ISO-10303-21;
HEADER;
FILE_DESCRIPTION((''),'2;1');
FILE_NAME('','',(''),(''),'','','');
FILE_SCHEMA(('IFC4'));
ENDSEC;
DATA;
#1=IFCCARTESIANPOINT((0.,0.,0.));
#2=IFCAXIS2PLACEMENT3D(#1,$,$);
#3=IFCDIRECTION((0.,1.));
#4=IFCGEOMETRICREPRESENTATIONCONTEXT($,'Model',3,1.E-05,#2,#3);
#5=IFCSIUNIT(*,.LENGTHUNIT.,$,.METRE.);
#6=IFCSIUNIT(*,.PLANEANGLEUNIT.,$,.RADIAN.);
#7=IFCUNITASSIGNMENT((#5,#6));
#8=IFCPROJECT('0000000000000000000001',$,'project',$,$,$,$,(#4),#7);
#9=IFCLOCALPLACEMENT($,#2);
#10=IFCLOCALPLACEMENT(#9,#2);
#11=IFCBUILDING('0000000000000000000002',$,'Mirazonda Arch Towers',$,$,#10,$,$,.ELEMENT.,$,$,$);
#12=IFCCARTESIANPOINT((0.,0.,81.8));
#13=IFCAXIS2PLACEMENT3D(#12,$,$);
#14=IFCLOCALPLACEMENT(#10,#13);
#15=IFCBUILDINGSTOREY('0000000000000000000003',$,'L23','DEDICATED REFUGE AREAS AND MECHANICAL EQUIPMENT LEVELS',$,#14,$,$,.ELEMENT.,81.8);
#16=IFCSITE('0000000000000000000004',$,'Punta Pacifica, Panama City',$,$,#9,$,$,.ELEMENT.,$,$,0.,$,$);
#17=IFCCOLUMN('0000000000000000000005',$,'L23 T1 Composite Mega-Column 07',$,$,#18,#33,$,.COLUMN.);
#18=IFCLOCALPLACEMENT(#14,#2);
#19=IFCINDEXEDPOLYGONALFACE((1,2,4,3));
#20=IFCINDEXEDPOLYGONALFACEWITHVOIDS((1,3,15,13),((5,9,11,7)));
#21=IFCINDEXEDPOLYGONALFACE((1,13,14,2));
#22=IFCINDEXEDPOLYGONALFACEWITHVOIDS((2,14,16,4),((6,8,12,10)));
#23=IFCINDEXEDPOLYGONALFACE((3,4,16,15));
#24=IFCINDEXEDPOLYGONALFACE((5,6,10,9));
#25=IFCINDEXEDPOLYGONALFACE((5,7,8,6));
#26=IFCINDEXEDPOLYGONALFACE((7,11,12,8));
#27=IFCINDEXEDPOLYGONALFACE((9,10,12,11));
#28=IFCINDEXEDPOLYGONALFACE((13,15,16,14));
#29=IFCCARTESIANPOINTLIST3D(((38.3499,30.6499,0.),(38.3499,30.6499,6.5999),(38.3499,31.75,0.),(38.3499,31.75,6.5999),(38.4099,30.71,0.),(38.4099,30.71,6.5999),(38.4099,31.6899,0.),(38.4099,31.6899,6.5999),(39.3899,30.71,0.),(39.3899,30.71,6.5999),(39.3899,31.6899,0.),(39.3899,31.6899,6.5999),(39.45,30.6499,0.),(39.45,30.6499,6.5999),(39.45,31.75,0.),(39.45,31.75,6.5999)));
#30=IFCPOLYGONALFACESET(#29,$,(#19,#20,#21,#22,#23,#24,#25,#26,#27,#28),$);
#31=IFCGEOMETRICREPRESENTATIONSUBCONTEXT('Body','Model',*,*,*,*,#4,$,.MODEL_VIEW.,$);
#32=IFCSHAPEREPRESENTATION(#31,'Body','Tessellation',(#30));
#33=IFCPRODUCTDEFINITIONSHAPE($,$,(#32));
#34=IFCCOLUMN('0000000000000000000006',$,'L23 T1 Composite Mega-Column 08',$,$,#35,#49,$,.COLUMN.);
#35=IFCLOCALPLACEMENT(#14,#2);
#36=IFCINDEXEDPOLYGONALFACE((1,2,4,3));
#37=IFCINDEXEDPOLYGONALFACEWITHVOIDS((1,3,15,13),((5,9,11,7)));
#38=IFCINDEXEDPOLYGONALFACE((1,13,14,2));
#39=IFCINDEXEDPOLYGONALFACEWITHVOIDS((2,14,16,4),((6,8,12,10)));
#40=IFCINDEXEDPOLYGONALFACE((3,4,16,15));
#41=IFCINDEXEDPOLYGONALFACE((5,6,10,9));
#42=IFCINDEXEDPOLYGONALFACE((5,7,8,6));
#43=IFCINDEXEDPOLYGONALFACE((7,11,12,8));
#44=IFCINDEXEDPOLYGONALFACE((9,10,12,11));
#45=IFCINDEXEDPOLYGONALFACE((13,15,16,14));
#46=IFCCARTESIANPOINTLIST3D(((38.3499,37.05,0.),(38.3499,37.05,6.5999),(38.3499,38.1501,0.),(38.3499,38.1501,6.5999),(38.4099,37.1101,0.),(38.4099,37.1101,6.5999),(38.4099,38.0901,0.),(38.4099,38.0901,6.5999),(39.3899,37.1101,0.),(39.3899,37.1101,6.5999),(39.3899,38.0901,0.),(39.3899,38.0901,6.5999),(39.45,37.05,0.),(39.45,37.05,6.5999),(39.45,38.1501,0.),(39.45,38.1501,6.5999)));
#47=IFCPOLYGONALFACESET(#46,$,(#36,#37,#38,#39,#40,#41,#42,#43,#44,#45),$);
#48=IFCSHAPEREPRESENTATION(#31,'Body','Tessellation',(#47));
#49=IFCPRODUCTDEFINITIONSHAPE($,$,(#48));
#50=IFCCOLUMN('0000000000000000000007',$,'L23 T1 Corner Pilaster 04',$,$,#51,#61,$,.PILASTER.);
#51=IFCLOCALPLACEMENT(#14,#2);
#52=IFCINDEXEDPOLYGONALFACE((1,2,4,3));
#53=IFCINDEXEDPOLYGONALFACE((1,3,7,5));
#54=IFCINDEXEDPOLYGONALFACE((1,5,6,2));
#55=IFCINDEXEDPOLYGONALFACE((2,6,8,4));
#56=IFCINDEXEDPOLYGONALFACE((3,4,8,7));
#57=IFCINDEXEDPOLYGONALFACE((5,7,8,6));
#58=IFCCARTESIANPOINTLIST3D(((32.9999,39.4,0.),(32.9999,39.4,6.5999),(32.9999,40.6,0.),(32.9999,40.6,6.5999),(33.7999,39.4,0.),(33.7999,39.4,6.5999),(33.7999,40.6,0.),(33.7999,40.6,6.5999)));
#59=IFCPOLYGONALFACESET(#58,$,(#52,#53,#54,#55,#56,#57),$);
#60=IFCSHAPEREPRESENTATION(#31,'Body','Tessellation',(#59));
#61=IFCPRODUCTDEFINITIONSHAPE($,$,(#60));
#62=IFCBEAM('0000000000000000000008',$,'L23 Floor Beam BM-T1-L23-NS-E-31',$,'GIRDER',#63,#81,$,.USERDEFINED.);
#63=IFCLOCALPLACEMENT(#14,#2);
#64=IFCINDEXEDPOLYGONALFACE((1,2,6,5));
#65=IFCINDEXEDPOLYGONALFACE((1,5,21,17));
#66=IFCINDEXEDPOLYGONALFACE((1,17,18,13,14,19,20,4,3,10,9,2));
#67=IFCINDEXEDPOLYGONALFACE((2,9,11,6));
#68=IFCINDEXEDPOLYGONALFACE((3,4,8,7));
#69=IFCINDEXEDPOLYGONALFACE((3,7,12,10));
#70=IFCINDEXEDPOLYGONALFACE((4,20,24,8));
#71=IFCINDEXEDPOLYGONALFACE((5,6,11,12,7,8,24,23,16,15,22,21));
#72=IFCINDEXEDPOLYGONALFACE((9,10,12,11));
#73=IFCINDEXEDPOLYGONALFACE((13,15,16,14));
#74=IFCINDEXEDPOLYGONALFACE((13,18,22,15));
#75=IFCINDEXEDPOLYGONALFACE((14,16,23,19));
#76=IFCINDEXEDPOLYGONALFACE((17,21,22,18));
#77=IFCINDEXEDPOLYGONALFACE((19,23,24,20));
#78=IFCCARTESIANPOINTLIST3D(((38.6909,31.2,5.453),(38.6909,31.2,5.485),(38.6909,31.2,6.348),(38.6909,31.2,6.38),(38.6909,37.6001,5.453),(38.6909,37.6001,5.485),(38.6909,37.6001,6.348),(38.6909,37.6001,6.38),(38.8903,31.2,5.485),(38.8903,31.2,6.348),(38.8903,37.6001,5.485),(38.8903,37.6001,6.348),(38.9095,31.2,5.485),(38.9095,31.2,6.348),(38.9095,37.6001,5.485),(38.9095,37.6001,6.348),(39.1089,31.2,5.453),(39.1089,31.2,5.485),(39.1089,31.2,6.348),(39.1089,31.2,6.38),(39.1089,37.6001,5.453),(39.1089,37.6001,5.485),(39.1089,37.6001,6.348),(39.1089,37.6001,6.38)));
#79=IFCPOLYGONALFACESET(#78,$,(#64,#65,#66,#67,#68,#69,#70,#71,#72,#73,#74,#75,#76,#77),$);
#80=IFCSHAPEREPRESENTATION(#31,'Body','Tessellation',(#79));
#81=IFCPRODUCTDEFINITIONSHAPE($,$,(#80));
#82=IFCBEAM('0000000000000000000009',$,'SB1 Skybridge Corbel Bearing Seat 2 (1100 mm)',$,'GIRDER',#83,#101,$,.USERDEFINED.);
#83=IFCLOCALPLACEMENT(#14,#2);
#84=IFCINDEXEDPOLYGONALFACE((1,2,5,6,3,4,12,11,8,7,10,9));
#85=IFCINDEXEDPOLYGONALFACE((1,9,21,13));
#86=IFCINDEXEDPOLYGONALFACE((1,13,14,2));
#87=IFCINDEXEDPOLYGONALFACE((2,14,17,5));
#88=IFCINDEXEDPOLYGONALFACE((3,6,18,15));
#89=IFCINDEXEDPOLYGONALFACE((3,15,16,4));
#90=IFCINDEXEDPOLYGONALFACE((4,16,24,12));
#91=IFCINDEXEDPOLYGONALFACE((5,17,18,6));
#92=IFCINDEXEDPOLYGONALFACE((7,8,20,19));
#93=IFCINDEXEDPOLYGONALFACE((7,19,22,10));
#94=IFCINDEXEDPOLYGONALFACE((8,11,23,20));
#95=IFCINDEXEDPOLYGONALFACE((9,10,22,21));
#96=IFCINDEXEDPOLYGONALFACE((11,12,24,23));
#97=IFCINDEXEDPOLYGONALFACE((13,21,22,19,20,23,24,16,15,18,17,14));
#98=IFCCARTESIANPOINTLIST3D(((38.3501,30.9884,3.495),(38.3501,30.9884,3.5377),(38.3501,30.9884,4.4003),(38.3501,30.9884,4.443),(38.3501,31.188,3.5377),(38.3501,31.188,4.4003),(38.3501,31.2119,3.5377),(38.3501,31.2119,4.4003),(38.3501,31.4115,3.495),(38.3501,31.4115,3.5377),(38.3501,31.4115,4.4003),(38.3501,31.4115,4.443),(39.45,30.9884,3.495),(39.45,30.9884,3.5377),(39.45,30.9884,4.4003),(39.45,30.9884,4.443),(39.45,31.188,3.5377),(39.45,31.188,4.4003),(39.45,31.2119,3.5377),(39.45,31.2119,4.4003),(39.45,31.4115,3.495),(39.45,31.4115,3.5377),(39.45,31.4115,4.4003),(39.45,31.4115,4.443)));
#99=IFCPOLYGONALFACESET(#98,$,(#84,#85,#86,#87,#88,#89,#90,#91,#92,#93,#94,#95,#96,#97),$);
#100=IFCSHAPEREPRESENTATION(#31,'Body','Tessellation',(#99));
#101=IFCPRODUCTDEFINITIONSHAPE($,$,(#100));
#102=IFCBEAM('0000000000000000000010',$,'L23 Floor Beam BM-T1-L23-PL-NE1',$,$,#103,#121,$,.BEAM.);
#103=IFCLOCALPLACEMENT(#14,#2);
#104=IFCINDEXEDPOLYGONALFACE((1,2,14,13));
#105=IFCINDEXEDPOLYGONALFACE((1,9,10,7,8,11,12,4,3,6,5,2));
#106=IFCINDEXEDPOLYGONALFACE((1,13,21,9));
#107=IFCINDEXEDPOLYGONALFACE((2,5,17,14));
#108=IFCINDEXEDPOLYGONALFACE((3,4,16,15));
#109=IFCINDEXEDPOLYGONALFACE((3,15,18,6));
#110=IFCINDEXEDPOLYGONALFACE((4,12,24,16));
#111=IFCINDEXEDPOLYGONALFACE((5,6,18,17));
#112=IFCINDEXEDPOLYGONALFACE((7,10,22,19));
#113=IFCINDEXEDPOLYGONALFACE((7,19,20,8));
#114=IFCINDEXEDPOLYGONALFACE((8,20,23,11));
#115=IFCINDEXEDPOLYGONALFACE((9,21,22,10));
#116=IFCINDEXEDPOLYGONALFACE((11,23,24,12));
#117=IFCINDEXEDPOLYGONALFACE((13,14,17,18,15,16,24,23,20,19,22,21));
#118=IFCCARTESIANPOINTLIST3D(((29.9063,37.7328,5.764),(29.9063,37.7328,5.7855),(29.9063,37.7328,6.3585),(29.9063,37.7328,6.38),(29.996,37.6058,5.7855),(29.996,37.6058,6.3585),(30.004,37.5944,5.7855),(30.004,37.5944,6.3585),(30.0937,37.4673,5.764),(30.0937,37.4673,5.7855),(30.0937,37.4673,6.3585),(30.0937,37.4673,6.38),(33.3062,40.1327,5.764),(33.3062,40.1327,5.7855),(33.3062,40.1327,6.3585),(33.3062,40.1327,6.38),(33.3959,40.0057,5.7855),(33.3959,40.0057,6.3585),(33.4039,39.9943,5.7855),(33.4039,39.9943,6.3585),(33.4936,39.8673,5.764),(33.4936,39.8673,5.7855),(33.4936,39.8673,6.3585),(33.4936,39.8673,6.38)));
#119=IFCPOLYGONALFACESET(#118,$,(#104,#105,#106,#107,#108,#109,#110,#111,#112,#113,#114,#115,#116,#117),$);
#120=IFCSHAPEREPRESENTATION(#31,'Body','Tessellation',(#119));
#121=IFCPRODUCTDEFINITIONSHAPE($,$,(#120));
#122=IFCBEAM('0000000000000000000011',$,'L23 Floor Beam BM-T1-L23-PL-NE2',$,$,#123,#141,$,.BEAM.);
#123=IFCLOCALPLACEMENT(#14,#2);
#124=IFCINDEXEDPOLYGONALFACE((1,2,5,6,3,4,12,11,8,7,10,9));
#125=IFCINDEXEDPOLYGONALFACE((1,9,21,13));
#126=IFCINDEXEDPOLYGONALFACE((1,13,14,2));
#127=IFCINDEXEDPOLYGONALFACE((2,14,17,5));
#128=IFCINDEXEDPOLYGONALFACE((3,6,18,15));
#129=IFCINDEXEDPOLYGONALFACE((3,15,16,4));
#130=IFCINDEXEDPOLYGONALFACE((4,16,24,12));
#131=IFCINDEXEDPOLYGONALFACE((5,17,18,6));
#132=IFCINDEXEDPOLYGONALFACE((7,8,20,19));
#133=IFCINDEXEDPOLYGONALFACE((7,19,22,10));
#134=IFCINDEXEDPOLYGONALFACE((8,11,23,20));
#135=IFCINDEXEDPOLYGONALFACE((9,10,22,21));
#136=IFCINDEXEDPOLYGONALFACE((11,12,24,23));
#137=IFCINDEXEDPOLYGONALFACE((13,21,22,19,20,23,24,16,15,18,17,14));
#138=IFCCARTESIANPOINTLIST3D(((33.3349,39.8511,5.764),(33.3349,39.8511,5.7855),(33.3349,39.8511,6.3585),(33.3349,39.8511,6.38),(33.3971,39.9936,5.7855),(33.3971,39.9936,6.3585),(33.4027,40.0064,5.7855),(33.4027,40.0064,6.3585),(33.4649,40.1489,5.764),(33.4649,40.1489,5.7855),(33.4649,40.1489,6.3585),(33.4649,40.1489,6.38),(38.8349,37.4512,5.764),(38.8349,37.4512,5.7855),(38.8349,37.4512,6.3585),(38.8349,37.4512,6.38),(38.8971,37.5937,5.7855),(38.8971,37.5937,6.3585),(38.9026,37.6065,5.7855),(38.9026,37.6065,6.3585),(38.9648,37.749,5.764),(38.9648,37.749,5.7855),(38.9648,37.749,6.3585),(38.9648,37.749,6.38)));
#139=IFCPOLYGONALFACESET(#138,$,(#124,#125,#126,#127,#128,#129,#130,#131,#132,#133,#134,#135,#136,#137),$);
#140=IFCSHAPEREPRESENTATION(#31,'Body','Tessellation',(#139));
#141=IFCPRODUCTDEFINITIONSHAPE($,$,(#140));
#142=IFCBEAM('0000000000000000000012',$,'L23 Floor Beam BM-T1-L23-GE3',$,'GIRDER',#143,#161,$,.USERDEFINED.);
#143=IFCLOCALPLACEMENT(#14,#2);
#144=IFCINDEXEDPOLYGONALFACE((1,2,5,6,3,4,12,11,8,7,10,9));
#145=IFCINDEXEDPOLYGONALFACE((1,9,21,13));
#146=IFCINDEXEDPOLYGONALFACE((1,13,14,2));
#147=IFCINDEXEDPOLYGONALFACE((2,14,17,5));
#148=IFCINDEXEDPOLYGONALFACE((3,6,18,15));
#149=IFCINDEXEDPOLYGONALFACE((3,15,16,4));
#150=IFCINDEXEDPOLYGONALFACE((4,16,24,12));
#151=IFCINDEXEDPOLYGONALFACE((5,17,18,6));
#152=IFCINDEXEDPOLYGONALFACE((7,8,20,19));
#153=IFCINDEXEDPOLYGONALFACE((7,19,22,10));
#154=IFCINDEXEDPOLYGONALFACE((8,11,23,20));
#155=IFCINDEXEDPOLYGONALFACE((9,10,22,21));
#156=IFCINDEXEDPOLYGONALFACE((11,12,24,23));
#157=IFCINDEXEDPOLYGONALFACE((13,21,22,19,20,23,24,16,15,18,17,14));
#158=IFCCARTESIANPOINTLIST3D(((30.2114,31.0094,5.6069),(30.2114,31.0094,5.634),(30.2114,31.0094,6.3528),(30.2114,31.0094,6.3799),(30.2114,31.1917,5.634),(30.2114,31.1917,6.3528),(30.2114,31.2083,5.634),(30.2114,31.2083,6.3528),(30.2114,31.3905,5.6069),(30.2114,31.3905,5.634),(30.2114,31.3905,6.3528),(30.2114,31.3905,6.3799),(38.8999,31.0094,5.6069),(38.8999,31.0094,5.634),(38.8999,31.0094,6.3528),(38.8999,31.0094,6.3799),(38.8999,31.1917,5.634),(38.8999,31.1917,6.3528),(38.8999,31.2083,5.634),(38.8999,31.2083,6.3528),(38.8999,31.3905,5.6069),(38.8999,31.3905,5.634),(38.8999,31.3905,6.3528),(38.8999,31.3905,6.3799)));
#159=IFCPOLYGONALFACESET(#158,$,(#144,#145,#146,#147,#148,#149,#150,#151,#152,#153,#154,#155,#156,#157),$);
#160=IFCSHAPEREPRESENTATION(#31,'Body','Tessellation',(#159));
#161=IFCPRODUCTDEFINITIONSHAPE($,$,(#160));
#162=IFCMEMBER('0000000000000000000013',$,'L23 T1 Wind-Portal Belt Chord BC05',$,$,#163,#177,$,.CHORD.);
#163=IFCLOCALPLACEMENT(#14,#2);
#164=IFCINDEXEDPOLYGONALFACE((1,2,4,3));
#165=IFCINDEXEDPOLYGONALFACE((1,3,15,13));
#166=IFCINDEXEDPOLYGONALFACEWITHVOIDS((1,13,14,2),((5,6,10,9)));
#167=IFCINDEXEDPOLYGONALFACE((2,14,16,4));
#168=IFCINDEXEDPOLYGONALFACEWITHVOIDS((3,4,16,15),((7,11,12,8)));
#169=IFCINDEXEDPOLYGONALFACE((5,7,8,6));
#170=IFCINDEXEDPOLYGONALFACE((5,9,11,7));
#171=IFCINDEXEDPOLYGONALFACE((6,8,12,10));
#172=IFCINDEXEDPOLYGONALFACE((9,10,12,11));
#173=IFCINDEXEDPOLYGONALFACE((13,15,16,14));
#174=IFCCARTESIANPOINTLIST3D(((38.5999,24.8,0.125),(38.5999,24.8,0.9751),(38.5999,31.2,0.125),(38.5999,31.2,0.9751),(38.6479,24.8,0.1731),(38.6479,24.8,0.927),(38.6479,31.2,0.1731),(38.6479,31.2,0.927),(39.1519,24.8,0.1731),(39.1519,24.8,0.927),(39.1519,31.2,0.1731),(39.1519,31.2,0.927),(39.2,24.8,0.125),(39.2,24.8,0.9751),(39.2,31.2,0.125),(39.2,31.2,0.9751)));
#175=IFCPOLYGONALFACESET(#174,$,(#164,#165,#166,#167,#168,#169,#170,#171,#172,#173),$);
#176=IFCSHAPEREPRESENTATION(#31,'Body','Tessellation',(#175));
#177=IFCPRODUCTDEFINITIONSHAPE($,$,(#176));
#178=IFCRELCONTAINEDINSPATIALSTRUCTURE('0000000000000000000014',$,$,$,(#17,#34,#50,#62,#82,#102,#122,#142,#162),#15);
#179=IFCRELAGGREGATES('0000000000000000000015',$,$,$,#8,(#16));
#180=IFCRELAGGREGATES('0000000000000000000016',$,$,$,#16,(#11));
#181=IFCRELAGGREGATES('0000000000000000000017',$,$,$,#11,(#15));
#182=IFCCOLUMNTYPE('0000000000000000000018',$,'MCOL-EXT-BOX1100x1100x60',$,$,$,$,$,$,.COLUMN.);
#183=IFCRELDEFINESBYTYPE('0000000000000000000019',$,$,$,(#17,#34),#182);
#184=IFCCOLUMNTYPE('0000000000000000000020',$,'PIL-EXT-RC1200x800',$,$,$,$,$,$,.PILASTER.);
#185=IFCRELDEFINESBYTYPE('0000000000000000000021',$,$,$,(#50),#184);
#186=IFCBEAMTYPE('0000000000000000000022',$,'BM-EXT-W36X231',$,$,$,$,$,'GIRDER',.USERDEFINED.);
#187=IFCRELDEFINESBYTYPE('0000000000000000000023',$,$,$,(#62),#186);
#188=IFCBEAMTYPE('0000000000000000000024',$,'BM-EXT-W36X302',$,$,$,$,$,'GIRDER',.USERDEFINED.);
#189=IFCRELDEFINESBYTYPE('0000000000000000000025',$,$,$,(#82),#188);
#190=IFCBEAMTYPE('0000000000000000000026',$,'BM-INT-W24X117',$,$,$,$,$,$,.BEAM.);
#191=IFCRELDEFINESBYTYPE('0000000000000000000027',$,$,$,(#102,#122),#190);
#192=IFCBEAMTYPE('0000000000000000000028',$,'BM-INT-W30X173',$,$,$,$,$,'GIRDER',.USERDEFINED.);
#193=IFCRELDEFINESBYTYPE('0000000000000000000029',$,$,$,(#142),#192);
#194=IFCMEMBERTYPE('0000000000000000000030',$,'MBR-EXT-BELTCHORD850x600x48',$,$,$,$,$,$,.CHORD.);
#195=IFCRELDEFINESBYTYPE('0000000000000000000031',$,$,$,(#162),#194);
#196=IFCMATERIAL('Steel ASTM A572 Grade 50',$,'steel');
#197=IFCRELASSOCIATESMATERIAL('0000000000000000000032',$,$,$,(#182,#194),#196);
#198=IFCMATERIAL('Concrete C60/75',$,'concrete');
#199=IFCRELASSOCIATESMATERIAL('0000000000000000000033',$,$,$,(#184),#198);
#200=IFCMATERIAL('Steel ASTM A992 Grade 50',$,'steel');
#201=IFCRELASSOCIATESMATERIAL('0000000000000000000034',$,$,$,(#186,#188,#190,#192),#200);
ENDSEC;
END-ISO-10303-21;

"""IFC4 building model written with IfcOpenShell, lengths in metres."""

from ifc_helpers import new_model, si_unit, direction, frame, origin, origin_2d, place, context, subcontext, project, spatial, rectangle, hollow_rectangle, i_section, extrude, material, material_profile, profile_set, type_object, element, save


model = new_model("IFC4")

# Units and contexts
model_context = context("Model", 3, precision=1e-05, world=origin(), true_north=direction((0.0, 1.0)))
body_context = subcontext(model_context, "Body", "Model", "MODEL_VIEW")
ifc_project = project(units=[si_unit("LENGTHUNIT", "METRE"), si_unit("PLANEANGLEUNIT", "RADIAN")], contexts=[model_context])

# Site, building, storey
site_placement = place(None, origin())
site = spatial("IfcSite", under=ifc_project, at=site_placement, Name="Punta Pacifica, Panama City", CompositionType="ELEMENT", RefElevation=0.0)
building_placement = place(site_placement, origin())
building = spatial("IfcBuilding", under=site, at=building_placement, Name="Mirazonda Arch Towers", CompositionType="ELEMENT")
storey_placement = place(building_placement, frame((0.0, 0.0, 81.8)))
storey = spatial("IfcBuildingStorey", under=building, at=storey_placement, Name="L23", Description="DEDICATED REFUGE AREAS AND MECHANICAL EQUIPMENT LEVELS", CompositionType="ELEMENT", Elevation=81.8)

# Columns
ifc_material_1 = material(Name="Steel ASTM A572 Grade 50", Category="steel")
ifc_material_profile_1 = material_profile(ifc_material_1, hollow_rectangle(XDim=1.1001, YDim=1.1001, WallThickness=0.0601, at=origin_2d()), Name="BOX1100x1100x60")
ifc_profile_set_1 = profile_set([ifc_material_profile_1], Name="Steel ASTM A572 Grade 50")
column_type_1 = type_object("IfcColumnType", Name="MCOL-EXT-BOX1100x1100x60", PredefinedType="COLUMN", material=ifc_profile_set_1)
for number, where, z_axis, x_axis, name in (
    (1, (38.8999, 31.2, 0.0), (0.0, 0.0, 1.0), (1.0, 0.0, 0.0), "L23 T1 Composite Mega-Column 07"),
    (2, (38.8999, 37.6001, 0.0), (0.0, 0.0, 1.0), (1.0, 0.0, 0.0), "L23 T1 Composite Mega-Column 08"),
):
    element("IfcColumn", number, at=place(storey_placement, frame(where, z_axis=z_axis, x_axis=x_axis)), inside=storey, type_object=column_type_1, Name=name, PredefinedType="COLUMN", context=body_context, shape_type="SweptSolid", body=[
        extrude(hollow_rectangle(XDim=1.1001, YDim=1.1001, WallThickness=0.0601, at=origin_2d()), origin(), (0.0, 0.0, 1.0), 6.5999),
    ])
ifc_material_2 = material(Name="Concrete C60/75", Category="concrete")
ifc_material_profile_2 = material_profile(ifc_material_2, rectangle(XDim=0.8, YDim=1.2, at=origin_2d()), Name="RC1200x800")
ifc_profile_set_2 = profile_set([ifc_material_profile_2], Name="Concrete C60/75")
column_type_2 = type_object("IfcColumnType", Name="PIL-EXT-RC1200x800", PredefinedType="PILASTER", material=ifc_profile_set_2)
column_placement = place(storey_placement, frame((33.3999, 40.0, 0.0), z_axis=(0.0, 0.0, 1.0), x_axis=(1.0, 0.0, 0.0)))
element("IfcColumn", 3, at=column_placement, inside=storey, type_object=column_type_2, Name="L23 T1 Corner Pilaster 04", PredefinedType="PILASTER", context=body_context, shape_type="SweptSolid", body=[
    extrude(rectangle(XDim=0.8, YDim=1.2, at=origin_2d()), origin(), (0.0, 0.0, 1.0), 6.5999),
])

# Beams
ifc_material_3 = material(Name="Steel ASTM A992 Grade 50", Category="steel")
ifc_material_profile_3 = material_profile(ifc_material_3, i_section(OverallWidth=0.418, OverallDepth=0.927, WebThickness=0.0193, FlangeThickness=0.032, at=origin_2d()), Name="W36X231")
ifc_profile_set_3 = profile_set([ifc_material_profile_3], Name="Steel ASTM A992 Grade 50")
beam_type_1 = type_object("IfcBeamType", Name="BM-EXT-W36X231", ElementType="GIRDER", PredefinedType="USERDEFINED", material=ifc_profile_set_3)
beam_1_placement = place(storey_placement, frame((38.8999, 31.2, 5.9165), z_axis=(0.0, 1.0, 0.0), x_axis=(-1.0, 0.0, 0.0)))
element("IfcBeam", 4, at=beam_1_placement, inside=storey, type_object=beam_type_1, Name="L23 Floor Beam BM-T1-L23-NS-E-31", ObjectType="GIRDER", PredefinedType="USERDEFINED", context=body_context, shape_type="SweptSolid", body=[
    extrude(i_section(OverallWidth=0.418, OverallDepth=0.927, WebThickness=0.0193, FlangeThickness=0.032, at=origin_2d()), origin(), (0.0, 0.0, 1.0), 6.4001),
])
ifc_material_profile_4 = material_profile(ifc_material_3, i_section(OverallWidth=0.4231, OverallDepth=0.948, WebThickness=0.0239, FlangeThickness=0.0427, at=origin_2d()), Name="W36X302")
ifc_profile_set_4 = profile_set([ifc_material_profile_4], Name="Steel ASTM A992 Grade 50")
beam_type_2 = type_object("IfcBeamType", Name="BM-EXT-W36X302", ElementType="GIRDER", PredefinedType="USERDEFINED", material=ifc_profile_set_4)
beam_2_placement = place(storey_placement, frame((38.3501, 31.2, 3.969), z_axis=(1.0, 0.0, 0.0), x_axis=(0.0, 1.0, 0.0)))
element("IfcBeam", 5, at=beam_2_placement, inside=storey, type_object=beam_type_2, Name="SB1 Skybridge Corbel Bearing Seat 2 (1100 mm)", ObjectType="GIRDER", PredefinedType="USERDEFINED", context=body_context, shape_type="SweptSolid", body=[
    extrude(i_section(OverallWidth=0.4231, OverallDepth=0.948, WebThickness=0.0239, FlangeThickness=0.0427, at=origin_2d()), origin(), (0.0, 0.0, 1.0), 1.0999),
])
ifc_material_profile_5 = material_profile(ifc_material_3, i_section(OverallWidth=0.325, OverallDepth=0.616, WebThickness=0.0139, FlangeThickness=0.0215, at=origin_2d()), Name="W24X117")
ifc_profile_set_5 = profile_set([ifc_material_profile_5], Name="Steel ASTM A992 Grade 50")
beam_type_3 = type_object("IfcBeamType", Name="BM-INT-W24X117", PredefinedType="BEAM", material=ifc_profile_set_5)
beam_3_placement = place(storey_placement, frame((33.3999, 40.0, 6.072), z_axis=(-0.816971, -0.576679, 0.0), x_axis=(0.576679, -0.816971, 0.0)))
element("IfcBeam", 6, at=beam_3_placement, inside=storey, type_object=beam_type_3, Name="L23 Floor Beam BM-T1-L23-PL-NE1", PredefinedType="BEAM", context=body_context, shape_type="SweptSolid", body=[
    extrude(i_section(OverallWidth=0.325, OverallDepth=0.616, WebThickness=0.0139, FlangeThickness=0.0215, at=origin_2d()), origin(), (0.0, 0.0, 1.0), 4.1616),
])
beam_4_placement = place(storey_placement, frame((33.3999, 40.0, 6.072), z_axis=(0.916545, -0.399931, 0.0), x_axis=(0.399931, 0.916545, 0.0)))
element("IfcBeam", 7, at=beam_4_placement, inside=storey, type_object=beam_type_3, Name="L23 Floor Beam BM-T1-L23-PL-NE2", PredefinedType="BEAM", context=body_context, shape_type="SweptSolid", body=[
    extrude(i_section(OverallWidth=0.325, OverallDepth=0.616, WebThickness=0.0139, FlangeThickness=0.0215, at=origin_2d()), origin(), (0.0, 0.0, 1.0), 6.0007),
])
ifc_material_profile_6 = material_profile(ifc_material_3, i_section(OverallWidth=0.3811, OverallDepth=0.7729, WebThickness=0.0166, FlangeThickness=0.0271, at=origin_2d()), Name="W30X173")
ifc_profile_set_6 = profile_set([ifc_material_profile_6], Name="Steel ASTM A992 Grade 50")
beam_type_4 = type_object("IfcBeamType", Name="BM-INT-W30X173", ElementType="GIRDER", PredefinedType="USERDEFINED", material=ifc_profile_set_6)
beam_5_placement = place(storey_placement, frame((30.2114, 31.2, 5.9934), z_axis=(1.0, 0.0, 0.0), x_axis=(0.0, 1.0, 0.0)))
element("IfcBeam", 8, at=beam_5_placement, inside=storey, type_object=beam_type_4, Name="L23 Floor Beam BM-T1-L23-GE3", ObjectType="GIRDER", PredefinedType="USERDEFINED", context=body_context, shape_type="SweptSolid", body=[
    extrude(i_section(OverallWidth=0.3811, OverallDepth=0.7729, WebThickness=0.0166, FlangeThickness=0.0271, at=origin_2d()), origin(), (0.0, 0.0, 1.0), 8.6885),
])

# Member
ifc_material_profile_7 = material_profile(ifc_material_1, hollow_rectangle(XDim=0.6001, YDim=0.8501, WallThickness=0.0481, at=origin_2d()), Name="BELTCHORD850x600x48")
ifc_profile_set_7 = profile_set([ifc_material_profile_7], Name="Steel ASTM A572 Grade 50")
member_type_1 = type_object("IfcMemberType", Name="MBR-EXT-BELTCHORD850x600x48", PredefinedType="CHORD", material=ifc_profile_set_7)
for number, where, z_axis, x_axis, name in (
    (9, (38.8999, 24.8, 0.55), (0.0, 1.0, 0.0), (-1.0, 0.0, 0.0), "L23 T1 Wind-Portal Belt Chord BC05"),
):
    element("IfcMember", number, at=place(storey_placement, frame(where, z_axis=z_axis, x_axis=x_axis)), inside=storey, type_object=member_type_1, Name=name, PredefinedType="CHORD", context=body_context, shape_type="SweptSolid", body=[
        extrude(hollow_rectangle(XDim=0.6001, YDim=0.8501, WallThickness=0.0481, at=origin_2d()), origin(), (0.0, 0.0, 1.0), 6.3999),
    ])

save(model, "model.ifc")
